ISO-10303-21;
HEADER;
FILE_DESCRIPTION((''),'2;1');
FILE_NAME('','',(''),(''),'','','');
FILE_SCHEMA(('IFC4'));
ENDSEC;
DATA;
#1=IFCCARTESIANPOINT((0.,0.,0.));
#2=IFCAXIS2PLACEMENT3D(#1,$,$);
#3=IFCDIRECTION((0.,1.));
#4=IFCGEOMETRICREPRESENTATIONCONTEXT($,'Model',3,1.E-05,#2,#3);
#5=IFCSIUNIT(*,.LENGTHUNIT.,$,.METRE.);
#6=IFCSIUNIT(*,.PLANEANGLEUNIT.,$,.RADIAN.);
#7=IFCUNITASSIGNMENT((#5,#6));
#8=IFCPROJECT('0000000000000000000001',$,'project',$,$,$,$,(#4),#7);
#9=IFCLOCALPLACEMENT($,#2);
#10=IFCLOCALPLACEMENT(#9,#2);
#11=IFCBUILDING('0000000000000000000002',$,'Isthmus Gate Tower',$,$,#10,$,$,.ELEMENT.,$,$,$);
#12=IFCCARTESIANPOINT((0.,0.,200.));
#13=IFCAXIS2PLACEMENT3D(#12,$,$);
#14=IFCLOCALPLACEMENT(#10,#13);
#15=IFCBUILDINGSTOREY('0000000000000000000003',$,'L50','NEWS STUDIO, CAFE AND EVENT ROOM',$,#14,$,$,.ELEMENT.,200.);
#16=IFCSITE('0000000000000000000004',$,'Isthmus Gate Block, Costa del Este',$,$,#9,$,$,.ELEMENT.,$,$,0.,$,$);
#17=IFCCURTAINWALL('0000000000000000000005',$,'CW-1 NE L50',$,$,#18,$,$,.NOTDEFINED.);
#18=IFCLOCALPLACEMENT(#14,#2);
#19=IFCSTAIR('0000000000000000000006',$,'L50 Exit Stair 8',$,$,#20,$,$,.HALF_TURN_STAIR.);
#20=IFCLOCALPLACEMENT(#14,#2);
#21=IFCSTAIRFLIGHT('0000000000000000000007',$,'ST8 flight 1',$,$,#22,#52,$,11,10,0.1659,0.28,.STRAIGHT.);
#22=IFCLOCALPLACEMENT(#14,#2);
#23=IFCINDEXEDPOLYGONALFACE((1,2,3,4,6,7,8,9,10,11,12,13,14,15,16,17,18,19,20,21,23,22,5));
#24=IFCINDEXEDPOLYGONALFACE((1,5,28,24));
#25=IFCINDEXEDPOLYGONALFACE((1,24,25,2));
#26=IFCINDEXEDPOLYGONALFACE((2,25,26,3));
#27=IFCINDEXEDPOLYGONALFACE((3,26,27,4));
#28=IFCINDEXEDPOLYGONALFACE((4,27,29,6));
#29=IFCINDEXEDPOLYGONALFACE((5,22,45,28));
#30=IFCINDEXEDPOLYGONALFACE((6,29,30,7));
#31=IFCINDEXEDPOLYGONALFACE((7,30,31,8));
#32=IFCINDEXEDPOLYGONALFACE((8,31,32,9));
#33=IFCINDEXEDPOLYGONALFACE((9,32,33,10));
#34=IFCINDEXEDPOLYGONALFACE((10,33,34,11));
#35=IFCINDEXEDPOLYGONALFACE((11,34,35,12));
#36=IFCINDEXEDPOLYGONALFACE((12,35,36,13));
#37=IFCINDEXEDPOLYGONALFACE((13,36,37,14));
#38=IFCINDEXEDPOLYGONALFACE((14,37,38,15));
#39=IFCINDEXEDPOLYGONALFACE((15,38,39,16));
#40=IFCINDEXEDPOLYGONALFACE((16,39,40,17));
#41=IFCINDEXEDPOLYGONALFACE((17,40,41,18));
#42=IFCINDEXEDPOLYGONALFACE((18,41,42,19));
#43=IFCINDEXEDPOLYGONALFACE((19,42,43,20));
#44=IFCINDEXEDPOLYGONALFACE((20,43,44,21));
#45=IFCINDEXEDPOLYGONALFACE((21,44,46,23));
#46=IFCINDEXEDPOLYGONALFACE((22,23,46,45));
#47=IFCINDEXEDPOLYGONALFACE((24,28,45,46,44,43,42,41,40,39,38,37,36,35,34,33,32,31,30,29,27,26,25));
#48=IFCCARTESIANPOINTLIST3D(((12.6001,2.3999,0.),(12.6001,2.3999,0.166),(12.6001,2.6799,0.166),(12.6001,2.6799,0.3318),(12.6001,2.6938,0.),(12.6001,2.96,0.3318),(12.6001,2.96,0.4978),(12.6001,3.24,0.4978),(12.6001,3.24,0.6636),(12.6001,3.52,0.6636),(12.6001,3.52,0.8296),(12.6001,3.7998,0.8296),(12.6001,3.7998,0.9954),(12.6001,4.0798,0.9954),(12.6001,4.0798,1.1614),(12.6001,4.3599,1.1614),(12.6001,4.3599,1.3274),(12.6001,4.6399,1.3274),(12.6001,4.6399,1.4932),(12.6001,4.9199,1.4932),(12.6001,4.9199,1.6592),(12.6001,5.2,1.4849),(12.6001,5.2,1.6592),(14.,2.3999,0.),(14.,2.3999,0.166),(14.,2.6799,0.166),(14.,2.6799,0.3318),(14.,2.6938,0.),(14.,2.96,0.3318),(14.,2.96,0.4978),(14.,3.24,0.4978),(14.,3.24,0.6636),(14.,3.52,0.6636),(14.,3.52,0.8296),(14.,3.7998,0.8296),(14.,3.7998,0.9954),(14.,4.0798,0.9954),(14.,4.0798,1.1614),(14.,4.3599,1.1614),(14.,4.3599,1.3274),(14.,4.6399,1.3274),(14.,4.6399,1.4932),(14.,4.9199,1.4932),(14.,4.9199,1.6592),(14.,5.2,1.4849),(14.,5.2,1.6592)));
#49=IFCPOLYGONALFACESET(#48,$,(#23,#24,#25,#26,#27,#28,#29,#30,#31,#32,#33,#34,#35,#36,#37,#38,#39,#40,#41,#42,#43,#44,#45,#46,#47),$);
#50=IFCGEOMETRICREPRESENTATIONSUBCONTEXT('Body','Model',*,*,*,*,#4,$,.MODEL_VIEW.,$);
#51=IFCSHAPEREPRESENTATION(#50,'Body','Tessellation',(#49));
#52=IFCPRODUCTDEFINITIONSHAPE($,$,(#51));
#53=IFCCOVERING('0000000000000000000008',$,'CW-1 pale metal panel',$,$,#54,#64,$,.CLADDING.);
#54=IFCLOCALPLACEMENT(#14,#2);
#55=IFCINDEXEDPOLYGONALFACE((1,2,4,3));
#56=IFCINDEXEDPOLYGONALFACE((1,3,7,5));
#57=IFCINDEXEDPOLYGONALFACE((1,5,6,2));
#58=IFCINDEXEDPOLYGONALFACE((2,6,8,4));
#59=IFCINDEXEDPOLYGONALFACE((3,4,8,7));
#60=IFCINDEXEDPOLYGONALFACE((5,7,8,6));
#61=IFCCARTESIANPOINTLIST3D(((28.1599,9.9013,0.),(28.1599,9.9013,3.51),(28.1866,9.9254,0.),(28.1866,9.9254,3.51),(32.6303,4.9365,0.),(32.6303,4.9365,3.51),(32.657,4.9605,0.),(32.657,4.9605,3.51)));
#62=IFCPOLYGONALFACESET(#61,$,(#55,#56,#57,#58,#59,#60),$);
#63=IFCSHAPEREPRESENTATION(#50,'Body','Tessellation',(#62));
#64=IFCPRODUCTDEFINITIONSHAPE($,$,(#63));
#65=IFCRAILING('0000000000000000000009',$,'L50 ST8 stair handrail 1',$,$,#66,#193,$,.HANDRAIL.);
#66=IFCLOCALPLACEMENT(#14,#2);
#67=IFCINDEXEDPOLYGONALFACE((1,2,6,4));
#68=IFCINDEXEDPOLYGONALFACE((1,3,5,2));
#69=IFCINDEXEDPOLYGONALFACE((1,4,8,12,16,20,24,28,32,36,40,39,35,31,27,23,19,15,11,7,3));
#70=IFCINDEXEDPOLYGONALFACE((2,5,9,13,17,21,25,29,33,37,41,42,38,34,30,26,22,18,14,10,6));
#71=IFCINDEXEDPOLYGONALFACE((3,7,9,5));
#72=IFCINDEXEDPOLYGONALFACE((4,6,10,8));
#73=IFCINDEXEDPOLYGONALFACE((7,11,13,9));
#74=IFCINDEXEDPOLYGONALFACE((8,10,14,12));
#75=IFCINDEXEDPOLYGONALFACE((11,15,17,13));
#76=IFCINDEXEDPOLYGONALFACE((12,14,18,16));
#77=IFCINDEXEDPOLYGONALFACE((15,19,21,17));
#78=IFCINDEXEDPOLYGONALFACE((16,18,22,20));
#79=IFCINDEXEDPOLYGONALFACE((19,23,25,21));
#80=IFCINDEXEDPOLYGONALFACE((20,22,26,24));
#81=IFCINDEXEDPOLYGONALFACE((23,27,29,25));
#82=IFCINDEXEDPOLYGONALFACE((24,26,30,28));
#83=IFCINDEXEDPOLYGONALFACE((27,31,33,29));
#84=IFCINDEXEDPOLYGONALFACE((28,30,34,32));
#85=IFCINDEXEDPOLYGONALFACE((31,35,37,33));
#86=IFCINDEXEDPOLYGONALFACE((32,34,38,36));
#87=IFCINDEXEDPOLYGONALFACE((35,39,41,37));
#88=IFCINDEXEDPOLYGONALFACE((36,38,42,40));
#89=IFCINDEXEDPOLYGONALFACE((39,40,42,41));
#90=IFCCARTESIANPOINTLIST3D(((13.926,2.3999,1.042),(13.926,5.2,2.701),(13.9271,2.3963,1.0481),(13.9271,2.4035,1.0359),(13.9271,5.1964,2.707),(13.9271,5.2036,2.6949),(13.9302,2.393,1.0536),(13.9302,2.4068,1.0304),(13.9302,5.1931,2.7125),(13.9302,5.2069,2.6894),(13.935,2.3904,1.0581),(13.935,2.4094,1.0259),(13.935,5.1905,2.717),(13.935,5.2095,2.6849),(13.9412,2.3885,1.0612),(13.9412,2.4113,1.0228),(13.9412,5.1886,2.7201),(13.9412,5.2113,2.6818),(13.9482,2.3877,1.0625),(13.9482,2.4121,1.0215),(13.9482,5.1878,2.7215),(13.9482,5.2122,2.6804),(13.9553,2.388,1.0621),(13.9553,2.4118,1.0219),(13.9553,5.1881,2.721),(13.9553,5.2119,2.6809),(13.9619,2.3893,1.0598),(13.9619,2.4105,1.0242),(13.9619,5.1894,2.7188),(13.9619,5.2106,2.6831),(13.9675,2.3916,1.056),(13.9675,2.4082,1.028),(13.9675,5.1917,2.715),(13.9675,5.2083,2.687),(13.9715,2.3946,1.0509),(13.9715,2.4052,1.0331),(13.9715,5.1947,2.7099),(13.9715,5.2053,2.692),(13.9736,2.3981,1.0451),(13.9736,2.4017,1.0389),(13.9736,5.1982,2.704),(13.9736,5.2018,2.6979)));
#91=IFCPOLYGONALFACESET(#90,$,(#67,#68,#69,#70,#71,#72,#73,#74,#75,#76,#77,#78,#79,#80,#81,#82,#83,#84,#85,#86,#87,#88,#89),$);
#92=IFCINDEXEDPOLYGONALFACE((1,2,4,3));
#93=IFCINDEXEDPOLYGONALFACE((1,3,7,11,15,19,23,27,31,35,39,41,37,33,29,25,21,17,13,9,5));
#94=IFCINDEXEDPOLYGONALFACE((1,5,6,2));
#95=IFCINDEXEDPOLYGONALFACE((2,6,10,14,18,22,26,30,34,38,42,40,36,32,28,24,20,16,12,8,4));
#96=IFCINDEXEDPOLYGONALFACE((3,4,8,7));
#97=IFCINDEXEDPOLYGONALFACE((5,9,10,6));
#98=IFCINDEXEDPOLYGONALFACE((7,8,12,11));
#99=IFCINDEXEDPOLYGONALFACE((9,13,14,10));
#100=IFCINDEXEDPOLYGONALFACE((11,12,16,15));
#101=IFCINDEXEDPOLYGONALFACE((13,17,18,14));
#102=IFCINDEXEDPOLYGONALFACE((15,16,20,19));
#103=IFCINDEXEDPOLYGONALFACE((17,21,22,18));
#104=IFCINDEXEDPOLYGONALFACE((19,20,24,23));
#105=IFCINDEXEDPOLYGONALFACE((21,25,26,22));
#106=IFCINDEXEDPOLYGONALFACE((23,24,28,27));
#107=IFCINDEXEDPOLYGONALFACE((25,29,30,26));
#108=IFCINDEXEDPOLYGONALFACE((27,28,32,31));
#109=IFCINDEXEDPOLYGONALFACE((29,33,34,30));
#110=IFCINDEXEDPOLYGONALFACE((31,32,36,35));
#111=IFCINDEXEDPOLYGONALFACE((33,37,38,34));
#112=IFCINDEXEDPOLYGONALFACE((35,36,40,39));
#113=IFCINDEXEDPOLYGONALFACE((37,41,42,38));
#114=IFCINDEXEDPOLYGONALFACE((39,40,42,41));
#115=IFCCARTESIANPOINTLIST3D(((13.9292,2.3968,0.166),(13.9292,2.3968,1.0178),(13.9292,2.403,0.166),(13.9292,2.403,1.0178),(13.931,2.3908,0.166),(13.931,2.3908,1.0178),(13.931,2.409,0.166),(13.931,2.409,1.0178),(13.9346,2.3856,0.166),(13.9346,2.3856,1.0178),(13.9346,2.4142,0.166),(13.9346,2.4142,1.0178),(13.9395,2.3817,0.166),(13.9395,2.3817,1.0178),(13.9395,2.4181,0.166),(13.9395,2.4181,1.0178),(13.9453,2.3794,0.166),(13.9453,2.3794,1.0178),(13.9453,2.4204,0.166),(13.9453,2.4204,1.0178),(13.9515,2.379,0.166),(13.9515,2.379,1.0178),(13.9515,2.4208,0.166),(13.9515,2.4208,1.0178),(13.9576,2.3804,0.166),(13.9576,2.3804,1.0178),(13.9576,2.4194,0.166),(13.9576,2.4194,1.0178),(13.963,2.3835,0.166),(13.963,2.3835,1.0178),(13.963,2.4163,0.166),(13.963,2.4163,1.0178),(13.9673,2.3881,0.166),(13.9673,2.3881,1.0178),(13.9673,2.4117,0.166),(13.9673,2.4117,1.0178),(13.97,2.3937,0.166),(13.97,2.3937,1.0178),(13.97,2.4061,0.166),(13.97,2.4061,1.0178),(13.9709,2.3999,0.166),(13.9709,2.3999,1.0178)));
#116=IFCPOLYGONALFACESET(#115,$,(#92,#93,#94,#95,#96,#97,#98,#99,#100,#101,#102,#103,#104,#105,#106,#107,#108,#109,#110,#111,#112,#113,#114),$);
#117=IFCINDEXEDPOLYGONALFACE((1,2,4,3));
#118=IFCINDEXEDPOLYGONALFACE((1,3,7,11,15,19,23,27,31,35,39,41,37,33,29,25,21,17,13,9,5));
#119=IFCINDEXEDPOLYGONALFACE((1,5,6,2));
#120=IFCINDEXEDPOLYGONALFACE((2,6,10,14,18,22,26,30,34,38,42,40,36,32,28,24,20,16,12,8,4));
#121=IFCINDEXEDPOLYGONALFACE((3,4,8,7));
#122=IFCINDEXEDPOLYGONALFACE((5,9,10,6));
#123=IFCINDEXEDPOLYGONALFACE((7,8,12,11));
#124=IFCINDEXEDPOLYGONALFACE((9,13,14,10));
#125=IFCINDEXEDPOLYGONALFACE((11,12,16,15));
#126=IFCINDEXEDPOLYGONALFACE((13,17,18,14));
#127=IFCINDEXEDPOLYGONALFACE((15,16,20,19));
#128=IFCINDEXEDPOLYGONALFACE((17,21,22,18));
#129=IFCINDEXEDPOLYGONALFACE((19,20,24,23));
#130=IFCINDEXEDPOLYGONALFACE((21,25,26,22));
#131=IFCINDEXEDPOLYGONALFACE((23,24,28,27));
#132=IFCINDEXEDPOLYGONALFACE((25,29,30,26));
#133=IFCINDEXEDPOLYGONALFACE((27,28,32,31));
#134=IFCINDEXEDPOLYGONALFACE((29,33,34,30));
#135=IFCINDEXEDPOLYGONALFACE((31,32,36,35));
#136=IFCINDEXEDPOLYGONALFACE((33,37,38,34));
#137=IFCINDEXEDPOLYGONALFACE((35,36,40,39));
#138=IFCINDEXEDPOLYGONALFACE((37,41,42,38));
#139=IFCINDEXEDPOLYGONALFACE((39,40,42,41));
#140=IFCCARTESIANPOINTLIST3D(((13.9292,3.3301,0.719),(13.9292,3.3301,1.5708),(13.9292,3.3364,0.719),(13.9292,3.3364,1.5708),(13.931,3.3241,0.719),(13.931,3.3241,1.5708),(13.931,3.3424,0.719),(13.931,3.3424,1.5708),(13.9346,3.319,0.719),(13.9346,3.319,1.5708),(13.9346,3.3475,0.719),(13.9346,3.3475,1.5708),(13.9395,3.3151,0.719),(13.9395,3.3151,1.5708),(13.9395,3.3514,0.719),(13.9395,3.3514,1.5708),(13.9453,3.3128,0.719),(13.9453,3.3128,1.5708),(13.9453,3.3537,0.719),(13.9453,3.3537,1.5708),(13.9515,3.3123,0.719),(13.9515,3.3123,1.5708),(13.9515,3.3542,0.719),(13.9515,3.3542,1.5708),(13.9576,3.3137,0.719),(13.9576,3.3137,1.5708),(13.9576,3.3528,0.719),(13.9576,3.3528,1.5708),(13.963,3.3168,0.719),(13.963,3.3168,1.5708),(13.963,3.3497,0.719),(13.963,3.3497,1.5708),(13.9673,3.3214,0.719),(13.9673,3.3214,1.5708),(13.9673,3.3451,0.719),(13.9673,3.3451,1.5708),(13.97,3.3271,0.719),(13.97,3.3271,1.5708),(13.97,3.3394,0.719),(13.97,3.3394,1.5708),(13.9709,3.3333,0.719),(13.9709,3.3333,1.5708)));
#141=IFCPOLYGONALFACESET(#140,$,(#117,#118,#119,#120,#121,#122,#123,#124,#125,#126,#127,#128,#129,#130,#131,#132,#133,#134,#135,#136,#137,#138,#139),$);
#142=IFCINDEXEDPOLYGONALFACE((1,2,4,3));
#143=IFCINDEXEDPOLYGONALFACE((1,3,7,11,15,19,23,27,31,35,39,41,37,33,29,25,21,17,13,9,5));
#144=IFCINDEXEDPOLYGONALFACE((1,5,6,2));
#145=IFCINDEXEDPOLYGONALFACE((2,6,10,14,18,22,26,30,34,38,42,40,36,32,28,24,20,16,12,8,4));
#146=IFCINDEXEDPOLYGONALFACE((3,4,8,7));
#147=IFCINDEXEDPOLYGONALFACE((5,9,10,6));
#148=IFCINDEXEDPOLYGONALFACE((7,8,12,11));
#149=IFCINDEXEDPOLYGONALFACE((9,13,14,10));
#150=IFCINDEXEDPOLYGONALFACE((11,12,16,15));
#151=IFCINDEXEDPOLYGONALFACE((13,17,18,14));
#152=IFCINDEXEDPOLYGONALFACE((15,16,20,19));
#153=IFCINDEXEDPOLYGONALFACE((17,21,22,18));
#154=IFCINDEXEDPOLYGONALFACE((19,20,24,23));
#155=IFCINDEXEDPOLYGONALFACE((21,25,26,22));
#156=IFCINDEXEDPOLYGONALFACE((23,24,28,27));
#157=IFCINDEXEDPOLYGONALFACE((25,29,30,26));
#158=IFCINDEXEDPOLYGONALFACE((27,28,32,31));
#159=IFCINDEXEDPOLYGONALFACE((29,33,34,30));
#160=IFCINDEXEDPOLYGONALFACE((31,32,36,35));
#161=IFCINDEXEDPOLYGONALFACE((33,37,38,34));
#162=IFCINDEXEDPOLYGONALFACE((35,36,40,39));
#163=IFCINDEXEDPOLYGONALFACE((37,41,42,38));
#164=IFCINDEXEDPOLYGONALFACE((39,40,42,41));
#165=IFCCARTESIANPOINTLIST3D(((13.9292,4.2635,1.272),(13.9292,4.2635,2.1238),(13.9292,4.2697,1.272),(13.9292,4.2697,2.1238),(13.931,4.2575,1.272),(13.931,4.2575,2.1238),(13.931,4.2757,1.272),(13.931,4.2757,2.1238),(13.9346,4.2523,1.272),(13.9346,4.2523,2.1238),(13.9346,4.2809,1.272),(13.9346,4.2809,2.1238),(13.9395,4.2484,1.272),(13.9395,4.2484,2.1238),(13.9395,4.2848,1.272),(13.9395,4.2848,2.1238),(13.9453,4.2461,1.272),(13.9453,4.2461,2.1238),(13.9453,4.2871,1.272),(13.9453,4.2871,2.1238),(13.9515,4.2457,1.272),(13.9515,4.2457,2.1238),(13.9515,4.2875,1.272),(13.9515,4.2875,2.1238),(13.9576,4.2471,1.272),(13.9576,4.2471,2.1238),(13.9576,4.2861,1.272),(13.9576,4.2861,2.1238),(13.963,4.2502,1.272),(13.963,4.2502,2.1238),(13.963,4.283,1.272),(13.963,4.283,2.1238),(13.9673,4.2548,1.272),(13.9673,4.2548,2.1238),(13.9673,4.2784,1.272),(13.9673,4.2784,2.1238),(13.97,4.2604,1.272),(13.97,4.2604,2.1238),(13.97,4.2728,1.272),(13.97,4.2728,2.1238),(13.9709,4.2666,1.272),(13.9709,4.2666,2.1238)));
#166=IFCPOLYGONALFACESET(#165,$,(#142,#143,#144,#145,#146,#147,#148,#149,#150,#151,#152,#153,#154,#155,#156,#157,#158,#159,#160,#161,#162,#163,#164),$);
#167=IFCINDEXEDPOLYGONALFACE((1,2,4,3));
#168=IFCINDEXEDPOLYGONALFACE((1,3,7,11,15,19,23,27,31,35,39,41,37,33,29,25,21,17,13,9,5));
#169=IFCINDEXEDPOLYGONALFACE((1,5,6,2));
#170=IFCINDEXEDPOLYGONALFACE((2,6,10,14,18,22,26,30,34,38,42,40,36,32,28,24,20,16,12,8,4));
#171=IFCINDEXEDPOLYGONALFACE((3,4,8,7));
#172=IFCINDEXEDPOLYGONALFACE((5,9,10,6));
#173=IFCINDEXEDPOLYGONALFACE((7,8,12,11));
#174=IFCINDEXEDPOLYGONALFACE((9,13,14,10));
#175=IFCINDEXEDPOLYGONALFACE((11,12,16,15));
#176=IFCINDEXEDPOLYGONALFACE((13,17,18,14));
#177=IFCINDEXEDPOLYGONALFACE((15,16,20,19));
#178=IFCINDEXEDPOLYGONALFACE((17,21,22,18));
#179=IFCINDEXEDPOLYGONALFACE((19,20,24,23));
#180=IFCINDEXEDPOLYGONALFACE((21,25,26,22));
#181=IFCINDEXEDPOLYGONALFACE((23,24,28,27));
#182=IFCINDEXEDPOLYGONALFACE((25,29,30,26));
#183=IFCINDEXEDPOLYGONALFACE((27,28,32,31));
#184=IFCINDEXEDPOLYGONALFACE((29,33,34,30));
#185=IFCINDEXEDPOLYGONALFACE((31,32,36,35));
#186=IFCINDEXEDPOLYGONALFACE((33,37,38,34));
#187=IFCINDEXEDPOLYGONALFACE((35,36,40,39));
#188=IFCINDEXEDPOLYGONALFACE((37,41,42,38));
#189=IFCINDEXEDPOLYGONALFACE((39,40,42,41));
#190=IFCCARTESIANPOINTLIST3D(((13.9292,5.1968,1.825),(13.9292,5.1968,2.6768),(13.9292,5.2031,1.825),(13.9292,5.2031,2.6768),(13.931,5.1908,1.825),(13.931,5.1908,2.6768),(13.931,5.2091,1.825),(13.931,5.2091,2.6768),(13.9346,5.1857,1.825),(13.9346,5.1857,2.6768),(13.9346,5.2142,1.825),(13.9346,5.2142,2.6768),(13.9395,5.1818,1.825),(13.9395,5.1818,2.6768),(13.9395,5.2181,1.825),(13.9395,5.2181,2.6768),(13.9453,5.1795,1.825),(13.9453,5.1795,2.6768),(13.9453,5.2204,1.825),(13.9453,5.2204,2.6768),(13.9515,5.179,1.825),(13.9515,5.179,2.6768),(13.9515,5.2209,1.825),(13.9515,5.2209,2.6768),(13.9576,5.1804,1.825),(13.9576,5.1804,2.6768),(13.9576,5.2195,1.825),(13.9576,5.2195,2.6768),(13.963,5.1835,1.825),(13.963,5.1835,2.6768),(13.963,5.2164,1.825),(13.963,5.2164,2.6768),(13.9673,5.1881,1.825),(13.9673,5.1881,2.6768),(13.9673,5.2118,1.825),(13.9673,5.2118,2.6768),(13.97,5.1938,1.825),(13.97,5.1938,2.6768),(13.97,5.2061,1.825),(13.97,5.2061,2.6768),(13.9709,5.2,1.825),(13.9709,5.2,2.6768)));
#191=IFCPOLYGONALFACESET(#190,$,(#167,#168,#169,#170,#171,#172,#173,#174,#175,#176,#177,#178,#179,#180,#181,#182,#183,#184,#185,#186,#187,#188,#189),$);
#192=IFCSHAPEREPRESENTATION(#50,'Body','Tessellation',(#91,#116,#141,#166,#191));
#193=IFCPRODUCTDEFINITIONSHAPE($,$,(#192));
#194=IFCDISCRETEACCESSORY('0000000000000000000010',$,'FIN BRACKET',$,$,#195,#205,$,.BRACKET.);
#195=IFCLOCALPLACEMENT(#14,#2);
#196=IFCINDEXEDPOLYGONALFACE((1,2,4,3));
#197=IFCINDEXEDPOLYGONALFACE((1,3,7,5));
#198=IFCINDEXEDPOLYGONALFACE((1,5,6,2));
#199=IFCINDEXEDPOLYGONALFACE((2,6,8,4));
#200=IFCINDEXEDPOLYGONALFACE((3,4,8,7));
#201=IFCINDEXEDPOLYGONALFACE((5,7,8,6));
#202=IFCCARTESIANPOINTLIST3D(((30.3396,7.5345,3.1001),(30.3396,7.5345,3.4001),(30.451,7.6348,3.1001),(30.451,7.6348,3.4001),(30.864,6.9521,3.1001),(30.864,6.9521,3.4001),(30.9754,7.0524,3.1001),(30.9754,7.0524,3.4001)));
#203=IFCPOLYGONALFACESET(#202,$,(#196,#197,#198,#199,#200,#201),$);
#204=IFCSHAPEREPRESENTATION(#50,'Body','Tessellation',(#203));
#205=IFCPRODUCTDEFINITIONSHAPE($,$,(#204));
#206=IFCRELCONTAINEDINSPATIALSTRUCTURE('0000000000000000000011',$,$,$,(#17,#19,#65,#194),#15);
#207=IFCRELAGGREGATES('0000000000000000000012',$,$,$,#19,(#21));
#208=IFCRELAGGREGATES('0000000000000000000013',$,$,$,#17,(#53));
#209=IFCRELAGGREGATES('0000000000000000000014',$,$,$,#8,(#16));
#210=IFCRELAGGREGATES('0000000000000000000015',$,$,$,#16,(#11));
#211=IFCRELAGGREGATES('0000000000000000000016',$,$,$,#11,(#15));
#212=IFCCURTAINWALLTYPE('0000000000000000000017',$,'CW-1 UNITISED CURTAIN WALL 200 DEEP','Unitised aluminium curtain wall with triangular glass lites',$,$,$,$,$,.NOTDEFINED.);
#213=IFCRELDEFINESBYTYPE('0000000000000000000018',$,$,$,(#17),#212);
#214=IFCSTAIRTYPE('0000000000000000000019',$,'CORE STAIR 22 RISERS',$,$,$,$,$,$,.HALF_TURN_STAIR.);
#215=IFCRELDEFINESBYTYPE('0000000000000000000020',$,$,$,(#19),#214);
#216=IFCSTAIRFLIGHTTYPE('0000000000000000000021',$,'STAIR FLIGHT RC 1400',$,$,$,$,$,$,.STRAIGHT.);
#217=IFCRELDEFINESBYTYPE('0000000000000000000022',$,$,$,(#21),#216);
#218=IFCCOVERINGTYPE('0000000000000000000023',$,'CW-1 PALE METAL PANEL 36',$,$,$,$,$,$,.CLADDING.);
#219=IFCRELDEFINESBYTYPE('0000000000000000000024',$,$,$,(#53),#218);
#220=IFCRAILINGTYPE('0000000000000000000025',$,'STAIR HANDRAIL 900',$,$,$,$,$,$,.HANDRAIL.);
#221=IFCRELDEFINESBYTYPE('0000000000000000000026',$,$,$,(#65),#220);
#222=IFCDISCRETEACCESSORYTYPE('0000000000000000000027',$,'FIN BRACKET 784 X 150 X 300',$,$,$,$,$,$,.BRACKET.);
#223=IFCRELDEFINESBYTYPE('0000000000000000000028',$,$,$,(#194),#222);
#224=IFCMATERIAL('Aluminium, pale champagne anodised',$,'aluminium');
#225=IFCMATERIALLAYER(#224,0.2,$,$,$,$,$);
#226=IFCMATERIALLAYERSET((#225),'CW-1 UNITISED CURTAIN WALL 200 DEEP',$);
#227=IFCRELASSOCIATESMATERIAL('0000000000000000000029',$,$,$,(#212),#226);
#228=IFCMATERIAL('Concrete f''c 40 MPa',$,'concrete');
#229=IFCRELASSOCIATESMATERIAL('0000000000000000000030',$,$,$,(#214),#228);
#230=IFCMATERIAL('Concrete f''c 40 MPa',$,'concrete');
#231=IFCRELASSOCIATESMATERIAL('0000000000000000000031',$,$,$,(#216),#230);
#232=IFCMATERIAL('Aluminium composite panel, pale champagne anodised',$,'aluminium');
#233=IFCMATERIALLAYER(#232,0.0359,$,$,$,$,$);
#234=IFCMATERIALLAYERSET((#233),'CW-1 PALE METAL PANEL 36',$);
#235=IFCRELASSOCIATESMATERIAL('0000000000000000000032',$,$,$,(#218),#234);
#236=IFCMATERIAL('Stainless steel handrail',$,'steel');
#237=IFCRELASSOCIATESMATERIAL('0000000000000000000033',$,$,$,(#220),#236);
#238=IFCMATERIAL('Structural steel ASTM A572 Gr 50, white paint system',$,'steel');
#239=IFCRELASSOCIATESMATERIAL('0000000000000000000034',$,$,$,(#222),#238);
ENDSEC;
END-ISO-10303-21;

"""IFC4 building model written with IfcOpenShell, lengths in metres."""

from ifc_helpers import new_model, si_unit, direction, frame, origin, origin_2d, place, context, subcontext, project, spatial, polyline, rectangle, circle, outline, extrude, material, layer, layer_set, type_object, element, aggregate, save


model = new_model("IFC4")

# Units and contexts
model_context = context("Model", 3, precision=1e-05, world=origin(), true_north=direction((0.0, 1.0)))
body_context = subcontext(model_context, "Body", "Model", "MODEL_VIEW")
ifc_project = project(units=[si_unit("LENGTHUNIT", "METRE"), si_unit("PLANEANGLEUNIT", "RADIAN")], contexts=[model_context])

# Site, building, storey
site_placement = place(None, origin())
site = spatial("IfcSite", under=ifc_project, at=site_placement, Name="Isthmus Gate Block, Costa del Este", CompositionType="ELEMENT", RefElevation=0.0)
building_placement = place(site_placement, origin())
building = spatial("IfcBuilding", under=site, at=building_placement, Name="Isthmus Gate Tower", CompositionType="ELEMENT")
storey_placement = place(building_placement, frame((0.0, 0.0, 200.0)))
storey = spatial("IfcBuildingStorey", under=building, at=storey_placement, Name="L50", Description="NEWS STUDIO, CAFE AND EVENT ROOM", CompositionType="ELEMENT", Elevation=200.0)

# Curtain wall
ifc_material_1 = material(Name="Aluminium, pale champagne anodised", Category="aluminium")
ifc_layer_1 = layer(ifc_material_1, 0.2)
ifc_layer_set_1 = layer_set([ifc_layer_1], Name="CW-1 UNITISED CURTAIN WALL 200 DEEP")
curtain_wall_type = type_object("IfcCurtainWallType", Name="CW-1 UNITISED CURTAIN WALL 200 DEEP", Description="Unitised aluminium curtain wall with triangular glass lites", PredefinedType="NOTDEFINED", material=ifc_layer_set_1)
curtain_wall_1_placement = place(storey_placement, origin())
curtain_wall_1 = element("IfcCurtainWall", 1, at=curtain_wall_1_placement, inside=storey, type_object=curtain_wall_type, Name="CW-1 NE L50", PredefinedType="NOTDEFINED")

# Stair, stair flight
ifc_material_2 = material(Name="Concrete f'c 40 MPa", Category="concrete")
stair_type = type_object("IfcStairType", Name="CORE STAIR 22 RISERS", PredefinedType="HALF_TURN_STAIR", material=ifc_material_2)
stair_placement = place(storey_placement, origin())
stair = element("IfcStair", 2, at=stair_placement, inside=storey, type_object=stair_type, Name="L50 Exit Stair 8", PredefinedType="HALF_TURN_STAIR")
ifc_material_3 = material(Name="Concrete f'c 40 MPa", Category="concrete")
stair_flight_type = type_object("IfcStairFlightType", Name="STAIR FLIGHT RC 1400", PredefinedType="STRAIGHT", material=ifc_material_3)
stair_flight_placement = place(storey_placement, frame((13.3, 2.3999, 0.0), z_axis=(0.0, 0.0, 1.0), x_axis=(0.0, 1.0, 0.0)))
stair_flight = element("IfcStairFlight", 3, at=stair_flight_placement, type_object=stair_flight_type, Name="ST8 flight 1", NumberOfRisers=11, NumberOfTreads=10, PredefinedType="STRAIGHT", RiserHeight=0.1659, TreadLength=0.28, context=body_context, shape_type="SweptSolid", body=[
    extrude(outline(polyline([(0.0, 0.0), (0.0, 0.166), (0.28, 0.166), (0.28, 0.3318), (0.5601, 0.3318), (0.5601, 0.4978), (0.8401, 0.4978), (0.8401, 0.6636), (1.1201, 0.6636), (1.1201, 0.8296), (1.3999, 0.8296), (1.3999, 0.9954), (1.6799, 0.9954), (1.6799, 1.1614), (1.96, 1.1614), (1.96, 1.3274), (2.24, 1.3274), (2.24, 1.4932), (2.52, 1.4932), (2.52, 1.6592), (2.8, 1.6592), (2.8, 1.825), (2.8, 1.4849), (0.2939, 0.0), (0.0, 0.0)])), frame((0.0, 0.7, 0.0), z_axis=(0.0, -1.0, 0.0), x_axis=(1.0, 0.0, 0.0)), (0.0, 0.0, 1.0), 1.3999),
])
aggregate(stair, [stair_flight])

# Covering
ifc_material_4 = material(Name="Aluminium composite panel, pale champagne anodised", Category="aluminium")
ifc_layer_2 = layer(ifc_material_4, 0.0359)
ifc_layer_set_2 = layer_set([ifc_layer_2], Name="CW-1 PALE METAL PANEL 36")
covering_type = type_object("IfcCoveringType", Name="CW-1 PALE METAL PANEL 36", PredefinedType="CLADDING", material=ifc_layer_set_2)
covering_placement = place(storey_placement, frame((30.4084, 7.4309, 0.0), z_axis=(0.0, 0.0, 1.0), x_axis=(-0.669131, 0.743145, 0.0)))
covering = element("IfcCovering", 4, at=covering_placement, type_object=covering_type, Name="CW-1 pale metal panel", PredefinedType="CLADDING", context=body_context, shape_type="SweptSolid", body=[
    extrude(rectangle(XDim=6.6809, YDim=0.0359, at=origin_2d()), origin(), (0.0, 0.0, 1.0), 3.51),
])
aggregate(curtain_wall_1, [covering])

# Railing
ifc_material_5 = material(Name="Stainless steel handrail", Category="steel")
railing_type = type_object("IfcRailingType", Name="STAIR HANDRAIL 900", PredefinedType="HANDRAIL", material=ifc_material_5)
railing_placement = place(storey_placement, frame((13.95, 2.3999, 0.166)))
element("IfcRailing", 5, at=railing_placement, inside=storey, type_object=railing_type, Name="L50 ST8 stair handrail 1", PredefinedType="HANDRAIL", context=body_context, shape_type="SweptSolid", body=[
    extrude(circle(Radius=0.0239, at=origin_2d()), frame((0.0, 0.0, 0.876), z_axis=(0.0, 0.860339, 0.509722), x_axis=(-1.0, 0.0, 0.0)), (0.0, 0.0, 1.0), 3.2546),
    extrude(circle(Radius=0.021, at=origin_2d()), origin(), (0.0, 0.0, 1.0), 0.8518),
    extrude(circle(Radius=0.021, at=origin_2d()), frame((0.0, 0.9333, 0.553)), (0.0, 0.0, 1.0), 0.8518),
    extrude(circle(Radius=0.021, at=origin_2d()), frame((0.0, 1.8667, 1.106)), (0.0, 0.0, 1.0), 0.8518),
    extrude(circle(Radius=0.021, at=origin_2d()), frame((0.0, 2.8, 1.6589)), (0.0, 0.0, 1.0), 0.8518),
])

# Discrete accessory
ifc_material_6 = material(Name="Structural steel ASTM A572 Gr 50, white paint system", Category="steel")
discrete_accessory_type = type_object("IfcDiscreteAccessoryType", Name="FIN BRACKET 784 X 150 X 300", PredefinedType="BRACKET", material=ifc_material_6)
discrete_accessory_placement = place(storey_placement, frame((30.6575, 7.2935, 3.1001), z_axis=(0.0, 0.0, 1.0), x_axis=(0.743145, 0.669131, 0.0)))
element("IfcDiscreteAccessory", 6, at=discrete_accessory_placement, inside=storey, type_object=discrete_accessory_type, Name="FIN BRACKET", PredefinedType="BRACKET", context=body_context, shape_type="SweptSolid", body=[
    extrude(rectangle(XDim=0.1499, YDim=0.7837, at=origin_2d()), origin(), (0.0, 0.0, 1.0), 0.3),
])

save(model, "model.ifc")
